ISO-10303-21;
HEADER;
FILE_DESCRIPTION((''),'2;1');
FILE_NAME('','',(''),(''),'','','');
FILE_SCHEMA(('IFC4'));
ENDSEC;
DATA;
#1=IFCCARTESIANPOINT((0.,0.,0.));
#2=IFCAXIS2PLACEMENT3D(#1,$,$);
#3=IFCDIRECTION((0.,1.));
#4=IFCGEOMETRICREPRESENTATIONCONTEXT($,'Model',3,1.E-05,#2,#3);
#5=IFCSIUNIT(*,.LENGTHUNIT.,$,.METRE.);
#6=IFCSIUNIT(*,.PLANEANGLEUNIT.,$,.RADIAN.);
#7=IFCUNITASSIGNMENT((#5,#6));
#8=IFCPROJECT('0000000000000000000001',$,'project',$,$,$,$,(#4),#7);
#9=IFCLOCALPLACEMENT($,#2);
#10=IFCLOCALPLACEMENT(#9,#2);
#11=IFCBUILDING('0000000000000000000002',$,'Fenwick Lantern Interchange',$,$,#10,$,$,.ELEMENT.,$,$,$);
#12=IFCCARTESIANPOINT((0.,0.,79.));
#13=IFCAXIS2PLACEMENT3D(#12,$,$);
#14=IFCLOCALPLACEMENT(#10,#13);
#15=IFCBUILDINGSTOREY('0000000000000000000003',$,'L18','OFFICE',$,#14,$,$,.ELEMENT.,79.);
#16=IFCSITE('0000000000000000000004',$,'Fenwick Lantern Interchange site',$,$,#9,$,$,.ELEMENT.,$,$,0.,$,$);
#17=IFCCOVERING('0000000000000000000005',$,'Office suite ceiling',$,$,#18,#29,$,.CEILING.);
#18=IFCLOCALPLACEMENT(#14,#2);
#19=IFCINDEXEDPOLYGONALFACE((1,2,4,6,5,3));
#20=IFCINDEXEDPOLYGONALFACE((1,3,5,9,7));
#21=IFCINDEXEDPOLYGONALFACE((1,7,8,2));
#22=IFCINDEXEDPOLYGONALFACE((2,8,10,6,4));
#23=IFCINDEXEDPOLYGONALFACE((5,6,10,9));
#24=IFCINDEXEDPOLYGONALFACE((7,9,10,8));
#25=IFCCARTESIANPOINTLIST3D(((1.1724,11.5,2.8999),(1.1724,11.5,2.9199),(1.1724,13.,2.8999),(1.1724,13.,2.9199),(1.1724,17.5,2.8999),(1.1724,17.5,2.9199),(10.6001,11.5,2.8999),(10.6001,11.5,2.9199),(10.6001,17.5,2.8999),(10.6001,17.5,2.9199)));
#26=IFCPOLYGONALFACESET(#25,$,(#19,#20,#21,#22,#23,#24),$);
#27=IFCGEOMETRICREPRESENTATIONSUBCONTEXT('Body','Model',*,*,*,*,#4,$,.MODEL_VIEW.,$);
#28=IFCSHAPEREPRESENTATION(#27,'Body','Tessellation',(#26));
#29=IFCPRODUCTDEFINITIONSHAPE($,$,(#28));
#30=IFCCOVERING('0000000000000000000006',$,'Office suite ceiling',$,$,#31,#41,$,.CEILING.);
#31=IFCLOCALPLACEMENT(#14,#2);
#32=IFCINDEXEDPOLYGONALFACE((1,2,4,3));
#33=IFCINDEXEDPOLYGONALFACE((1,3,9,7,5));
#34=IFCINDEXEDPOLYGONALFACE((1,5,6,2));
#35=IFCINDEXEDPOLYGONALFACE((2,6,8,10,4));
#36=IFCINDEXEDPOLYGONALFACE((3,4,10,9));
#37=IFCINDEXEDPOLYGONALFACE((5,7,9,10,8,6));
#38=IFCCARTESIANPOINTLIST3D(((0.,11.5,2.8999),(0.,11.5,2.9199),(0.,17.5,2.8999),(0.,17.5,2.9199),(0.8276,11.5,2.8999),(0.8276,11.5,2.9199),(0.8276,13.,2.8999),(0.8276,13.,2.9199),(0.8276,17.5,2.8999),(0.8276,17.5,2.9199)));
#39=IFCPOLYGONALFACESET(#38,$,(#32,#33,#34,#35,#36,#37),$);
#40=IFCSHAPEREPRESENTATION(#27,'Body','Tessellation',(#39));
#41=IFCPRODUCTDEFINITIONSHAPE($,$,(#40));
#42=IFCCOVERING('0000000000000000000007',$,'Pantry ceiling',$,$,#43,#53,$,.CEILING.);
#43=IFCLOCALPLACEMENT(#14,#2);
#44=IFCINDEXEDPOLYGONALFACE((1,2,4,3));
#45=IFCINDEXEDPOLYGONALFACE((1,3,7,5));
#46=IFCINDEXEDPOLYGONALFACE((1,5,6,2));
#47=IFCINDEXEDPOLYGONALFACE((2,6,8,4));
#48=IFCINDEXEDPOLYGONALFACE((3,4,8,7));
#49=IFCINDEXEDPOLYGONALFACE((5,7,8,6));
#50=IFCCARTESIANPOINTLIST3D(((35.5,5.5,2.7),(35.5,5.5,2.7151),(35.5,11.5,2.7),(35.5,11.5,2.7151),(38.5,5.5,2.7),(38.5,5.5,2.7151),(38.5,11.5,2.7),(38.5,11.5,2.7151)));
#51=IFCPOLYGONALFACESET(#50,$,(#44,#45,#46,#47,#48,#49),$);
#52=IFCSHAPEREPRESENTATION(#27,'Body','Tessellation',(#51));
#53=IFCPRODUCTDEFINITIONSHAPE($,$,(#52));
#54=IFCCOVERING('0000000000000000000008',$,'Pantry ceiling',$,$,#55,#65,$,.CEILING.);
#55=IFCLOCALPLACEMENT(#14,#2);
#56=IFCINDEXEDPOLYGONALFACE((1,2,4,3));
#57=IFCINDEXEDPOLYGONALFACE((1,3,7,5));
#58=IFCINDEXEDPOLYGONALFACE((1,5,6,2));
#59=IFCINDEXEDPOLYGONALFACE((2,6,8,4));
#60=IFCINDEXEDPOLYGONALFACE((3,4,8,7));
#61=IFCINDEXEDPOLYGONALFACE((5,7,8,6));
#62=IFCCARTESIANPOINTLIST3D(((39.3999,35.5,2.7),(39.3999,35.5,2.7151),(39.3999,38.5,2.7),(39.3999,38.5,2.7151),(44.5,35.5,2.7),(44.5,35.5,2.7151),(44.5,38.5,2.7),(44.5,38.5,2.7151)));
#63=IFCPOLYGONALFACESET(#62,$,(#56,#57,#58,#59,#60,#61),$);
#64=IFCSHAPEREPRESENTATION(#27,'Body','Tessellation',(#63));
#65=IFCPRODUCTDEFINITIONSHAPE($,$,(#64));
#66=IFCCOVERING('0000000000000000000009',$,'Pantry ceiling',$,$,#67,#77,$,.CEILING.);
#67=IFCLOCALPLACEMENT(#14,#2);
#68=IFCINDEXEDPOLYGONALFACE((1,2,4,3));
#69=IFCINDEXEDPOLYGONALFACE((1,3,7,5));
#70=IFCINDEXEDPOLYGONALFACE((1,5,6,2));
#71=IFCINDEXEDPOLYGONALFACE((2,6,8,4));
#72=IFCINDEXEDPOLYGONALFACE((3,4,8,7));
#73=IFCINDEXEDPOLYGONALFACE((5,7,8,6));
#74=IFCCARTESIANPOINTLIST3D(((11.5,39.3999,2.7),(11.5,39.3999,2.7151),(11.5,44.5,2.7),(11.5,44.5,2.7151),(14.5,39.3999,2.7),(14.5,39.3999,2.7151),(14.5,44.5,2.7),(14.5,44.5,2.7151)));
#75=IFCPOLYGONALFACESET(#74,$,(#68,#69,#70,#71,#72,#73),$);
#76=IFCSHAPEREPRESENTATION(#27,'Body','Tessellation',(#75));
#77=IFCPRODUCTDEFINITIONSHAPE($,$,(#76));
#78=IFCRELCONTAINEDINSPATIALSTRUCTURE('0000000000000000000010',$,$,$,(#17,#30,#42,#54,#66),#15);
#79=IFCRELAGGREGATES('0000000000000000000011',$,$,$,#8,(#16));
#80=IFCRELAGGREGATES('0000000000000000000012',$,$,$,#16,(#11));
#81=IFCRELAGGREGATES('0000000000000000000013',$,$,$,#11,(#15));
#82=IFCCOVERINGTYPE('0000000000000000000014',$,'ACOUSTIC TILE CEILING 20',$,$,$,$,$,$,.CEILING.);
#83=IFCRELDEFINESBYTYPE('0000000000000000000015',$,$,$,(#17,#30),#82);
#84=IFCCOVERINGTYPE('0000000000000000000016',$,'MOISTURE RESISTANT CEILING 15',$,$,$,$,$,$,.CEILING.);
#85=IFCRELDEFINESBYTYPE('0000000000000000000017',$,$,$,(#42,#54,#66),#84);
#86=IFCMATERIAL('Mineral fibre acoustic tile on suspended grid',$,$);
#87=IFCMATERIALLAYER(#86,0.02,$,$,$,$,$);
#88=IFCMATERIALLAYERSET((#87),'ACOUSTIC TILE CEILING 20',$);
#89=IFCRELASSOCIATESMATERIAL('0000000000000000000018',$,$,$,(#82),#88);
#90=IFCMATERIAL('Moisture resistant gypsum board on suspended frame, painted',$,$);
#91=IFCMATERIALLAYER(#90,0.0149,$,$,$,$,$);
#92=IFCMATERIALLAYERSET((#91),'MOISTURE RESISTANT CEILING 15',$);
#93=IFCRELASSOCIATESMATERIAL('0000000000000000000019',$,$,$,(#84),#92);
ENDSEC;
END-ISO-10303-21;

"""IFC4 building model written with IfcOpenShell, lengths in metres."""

from ifc_helpers import new_model, si_unit, direction, frame, origin, place, context, subcontext, project, spatial, polyline, outline, extrude, material, layer, layer_set, type_object, element, save


model = new_model("IFC4")

# Units and contexts
model_context = context("Model", 3, precision=1e-05, world=origin(), true_north=direction((0.0, 1.0)))
body_context = subcontext(model_context, "Body", "Model", "MODEL_VIEW")
ifc_project = project(units=[si_unit("LENGTHUNIT", "METRE"), si_unit("PLANEANGLEUNIT", "RADIAN")], contexts=[model_context])

# Site, building, storey
site_placement = place(None, origin())
site = spatial("IfcSite", under=ifc_project, at=site_placement, Name="Fenwick Lantern Interchange site", CompositionType="ELEMENT", RefElevation=0.0)
building_placement = place(site_placement, origin())
building = spatial("IfcBuilding", under=site, at=building_placement, Name="Fenwick Lantern Interchange", CompositionType="ELEMENT")
storey_placement = place(building_placement, frame((0.0, 0.0, 79.0)))
storey = spatial("IfcBuildingStorey", under=building, at=storey_placement, Name="L18", Description="OFFICE", CompositionType="ELEMENT", Elevation=79.0)

# Coverings
ifc_material_1 = material(Name="Mineral fibre acoustic tile on suspended grid")
ifc_layer_1 = layer(ifc_material_1, 0.02)
ifc_layer_set_1 = layer_set([ifc_layer_1], Name="ACOUSTIC TILE CEILING 20")
covering_type_1 = type_object("IfcCoveringType", Name="ACOUSTIC TILE CEILING 20", PredefinedType="CEILING", material=ifc_layer_set_1)
covering_1_placement = place(storey_placement, frame((0.0, 0.0, 2.8999)))
element("IfcCovering", 1, at=covering_1_placement, inside=storey, type_object=covering_type_1, Name="Office suite ceiling", PredefinedType="CEILING", context=body_context, shape_type="SweptSolid", body=[
    extrude(outline(polyline([(10.6001, 17.5), (1.1724, 17.5), (1.1724, 13.0), (1.1724, 11.5), (10.6001, 11.5), (10.6001, 17.5)])), origin(), (0.0, 0.0, 1.0), 0.02),
])
covering_2_placement = place(storey_placement, frame((0.0, 0.0, 2.8999)))
element("IfcCovering", 2, at=covering_2_placement, inside=storey, type_object=covering_type_1, Name="Office suite ceiling", PredefinedType="CEILING", context=body_context, shape_type="SweptSolid", body=[
    extrude(outline(polyline([(0.0, 17.5), (0.0, 11.5), (0.8276, 11.5), (0.8276, 13.0), (0.8276, 17.5), (0.0, 17.5)])), origin(), (0.0, 0.0, 1.0), 0.02),
])
ifc_material_2 = material(Name="Moisture resistant gypsum board on suspended frame, painted")
ifc_layer_2 = layer(ifc_material_2, 0.0149)
ifc_layer_set_2 = layer_set([ifc_layer_2], Name="MOISTURE RESISTANT CEILING 15")
covering_type_2 = type_object("IfcCoveringType", Name="MOISTURE RESISTANT CEILING 15", PredefinedType="CEILING", material=ifc_layer_set_2)
covering_3_placement = place(storey_placement, frame((0.0, 0.0, 2.7)))
element("IfcCovering", 3, at=covering_3_placement, inside=storey, type_object=covering_type_2, Name="Pantry ceiling", PredefinedType="CEILING", context=body_context, shape_type="SweptSolid", body=[
    extrude(outline(polyline([(35.5, 5.5), (38.5, 5.5), (38.5, 11.5), (35.5, 11.5), (35.5, 5.5)])), origin(), (0.0, 0.0, 1.0), 0.0151),
])
covering_4_placement = place(storey_placement, frame((0.0, 0.0, 2.7)))
element("IfcCovering", 4, at=covering_4_placement, inside=storey, type_object=covering_type_2, Name="Pantry ceiling", PredefinedType="CEILING", context=body_context, shape_type="SweptSolid", body=[
    extrude(outline(polyline([(44.5, 35.5), (44.5, 38.5), (39.3999, 38.5), (39.3999, 35.5), (44.5, 35.5)])), origin(), (0.0, 0.0, 1.0), 0.0151),
])
covering_5_placement = place(storey_placement, frame((0.0, 0.0, 2.7)))
element("IfcCovering", 5, at=covering_5_placement, inside=storey, type_object=covering_type_2, Name="Pantry ceiling", PredefinedType="CEILING", context=body_context, shape_type="SweptSolid", body=[
    extrude(outline(polyline([(14.5, 44.5), (11.5, 44.5), (11.5, 39.3999), (14.5, 39.3999), (14.5, 44.5)])), origin(), (0.0, 0.0, 1.0), 0.0151),
])

save(model, "model.ifc")
